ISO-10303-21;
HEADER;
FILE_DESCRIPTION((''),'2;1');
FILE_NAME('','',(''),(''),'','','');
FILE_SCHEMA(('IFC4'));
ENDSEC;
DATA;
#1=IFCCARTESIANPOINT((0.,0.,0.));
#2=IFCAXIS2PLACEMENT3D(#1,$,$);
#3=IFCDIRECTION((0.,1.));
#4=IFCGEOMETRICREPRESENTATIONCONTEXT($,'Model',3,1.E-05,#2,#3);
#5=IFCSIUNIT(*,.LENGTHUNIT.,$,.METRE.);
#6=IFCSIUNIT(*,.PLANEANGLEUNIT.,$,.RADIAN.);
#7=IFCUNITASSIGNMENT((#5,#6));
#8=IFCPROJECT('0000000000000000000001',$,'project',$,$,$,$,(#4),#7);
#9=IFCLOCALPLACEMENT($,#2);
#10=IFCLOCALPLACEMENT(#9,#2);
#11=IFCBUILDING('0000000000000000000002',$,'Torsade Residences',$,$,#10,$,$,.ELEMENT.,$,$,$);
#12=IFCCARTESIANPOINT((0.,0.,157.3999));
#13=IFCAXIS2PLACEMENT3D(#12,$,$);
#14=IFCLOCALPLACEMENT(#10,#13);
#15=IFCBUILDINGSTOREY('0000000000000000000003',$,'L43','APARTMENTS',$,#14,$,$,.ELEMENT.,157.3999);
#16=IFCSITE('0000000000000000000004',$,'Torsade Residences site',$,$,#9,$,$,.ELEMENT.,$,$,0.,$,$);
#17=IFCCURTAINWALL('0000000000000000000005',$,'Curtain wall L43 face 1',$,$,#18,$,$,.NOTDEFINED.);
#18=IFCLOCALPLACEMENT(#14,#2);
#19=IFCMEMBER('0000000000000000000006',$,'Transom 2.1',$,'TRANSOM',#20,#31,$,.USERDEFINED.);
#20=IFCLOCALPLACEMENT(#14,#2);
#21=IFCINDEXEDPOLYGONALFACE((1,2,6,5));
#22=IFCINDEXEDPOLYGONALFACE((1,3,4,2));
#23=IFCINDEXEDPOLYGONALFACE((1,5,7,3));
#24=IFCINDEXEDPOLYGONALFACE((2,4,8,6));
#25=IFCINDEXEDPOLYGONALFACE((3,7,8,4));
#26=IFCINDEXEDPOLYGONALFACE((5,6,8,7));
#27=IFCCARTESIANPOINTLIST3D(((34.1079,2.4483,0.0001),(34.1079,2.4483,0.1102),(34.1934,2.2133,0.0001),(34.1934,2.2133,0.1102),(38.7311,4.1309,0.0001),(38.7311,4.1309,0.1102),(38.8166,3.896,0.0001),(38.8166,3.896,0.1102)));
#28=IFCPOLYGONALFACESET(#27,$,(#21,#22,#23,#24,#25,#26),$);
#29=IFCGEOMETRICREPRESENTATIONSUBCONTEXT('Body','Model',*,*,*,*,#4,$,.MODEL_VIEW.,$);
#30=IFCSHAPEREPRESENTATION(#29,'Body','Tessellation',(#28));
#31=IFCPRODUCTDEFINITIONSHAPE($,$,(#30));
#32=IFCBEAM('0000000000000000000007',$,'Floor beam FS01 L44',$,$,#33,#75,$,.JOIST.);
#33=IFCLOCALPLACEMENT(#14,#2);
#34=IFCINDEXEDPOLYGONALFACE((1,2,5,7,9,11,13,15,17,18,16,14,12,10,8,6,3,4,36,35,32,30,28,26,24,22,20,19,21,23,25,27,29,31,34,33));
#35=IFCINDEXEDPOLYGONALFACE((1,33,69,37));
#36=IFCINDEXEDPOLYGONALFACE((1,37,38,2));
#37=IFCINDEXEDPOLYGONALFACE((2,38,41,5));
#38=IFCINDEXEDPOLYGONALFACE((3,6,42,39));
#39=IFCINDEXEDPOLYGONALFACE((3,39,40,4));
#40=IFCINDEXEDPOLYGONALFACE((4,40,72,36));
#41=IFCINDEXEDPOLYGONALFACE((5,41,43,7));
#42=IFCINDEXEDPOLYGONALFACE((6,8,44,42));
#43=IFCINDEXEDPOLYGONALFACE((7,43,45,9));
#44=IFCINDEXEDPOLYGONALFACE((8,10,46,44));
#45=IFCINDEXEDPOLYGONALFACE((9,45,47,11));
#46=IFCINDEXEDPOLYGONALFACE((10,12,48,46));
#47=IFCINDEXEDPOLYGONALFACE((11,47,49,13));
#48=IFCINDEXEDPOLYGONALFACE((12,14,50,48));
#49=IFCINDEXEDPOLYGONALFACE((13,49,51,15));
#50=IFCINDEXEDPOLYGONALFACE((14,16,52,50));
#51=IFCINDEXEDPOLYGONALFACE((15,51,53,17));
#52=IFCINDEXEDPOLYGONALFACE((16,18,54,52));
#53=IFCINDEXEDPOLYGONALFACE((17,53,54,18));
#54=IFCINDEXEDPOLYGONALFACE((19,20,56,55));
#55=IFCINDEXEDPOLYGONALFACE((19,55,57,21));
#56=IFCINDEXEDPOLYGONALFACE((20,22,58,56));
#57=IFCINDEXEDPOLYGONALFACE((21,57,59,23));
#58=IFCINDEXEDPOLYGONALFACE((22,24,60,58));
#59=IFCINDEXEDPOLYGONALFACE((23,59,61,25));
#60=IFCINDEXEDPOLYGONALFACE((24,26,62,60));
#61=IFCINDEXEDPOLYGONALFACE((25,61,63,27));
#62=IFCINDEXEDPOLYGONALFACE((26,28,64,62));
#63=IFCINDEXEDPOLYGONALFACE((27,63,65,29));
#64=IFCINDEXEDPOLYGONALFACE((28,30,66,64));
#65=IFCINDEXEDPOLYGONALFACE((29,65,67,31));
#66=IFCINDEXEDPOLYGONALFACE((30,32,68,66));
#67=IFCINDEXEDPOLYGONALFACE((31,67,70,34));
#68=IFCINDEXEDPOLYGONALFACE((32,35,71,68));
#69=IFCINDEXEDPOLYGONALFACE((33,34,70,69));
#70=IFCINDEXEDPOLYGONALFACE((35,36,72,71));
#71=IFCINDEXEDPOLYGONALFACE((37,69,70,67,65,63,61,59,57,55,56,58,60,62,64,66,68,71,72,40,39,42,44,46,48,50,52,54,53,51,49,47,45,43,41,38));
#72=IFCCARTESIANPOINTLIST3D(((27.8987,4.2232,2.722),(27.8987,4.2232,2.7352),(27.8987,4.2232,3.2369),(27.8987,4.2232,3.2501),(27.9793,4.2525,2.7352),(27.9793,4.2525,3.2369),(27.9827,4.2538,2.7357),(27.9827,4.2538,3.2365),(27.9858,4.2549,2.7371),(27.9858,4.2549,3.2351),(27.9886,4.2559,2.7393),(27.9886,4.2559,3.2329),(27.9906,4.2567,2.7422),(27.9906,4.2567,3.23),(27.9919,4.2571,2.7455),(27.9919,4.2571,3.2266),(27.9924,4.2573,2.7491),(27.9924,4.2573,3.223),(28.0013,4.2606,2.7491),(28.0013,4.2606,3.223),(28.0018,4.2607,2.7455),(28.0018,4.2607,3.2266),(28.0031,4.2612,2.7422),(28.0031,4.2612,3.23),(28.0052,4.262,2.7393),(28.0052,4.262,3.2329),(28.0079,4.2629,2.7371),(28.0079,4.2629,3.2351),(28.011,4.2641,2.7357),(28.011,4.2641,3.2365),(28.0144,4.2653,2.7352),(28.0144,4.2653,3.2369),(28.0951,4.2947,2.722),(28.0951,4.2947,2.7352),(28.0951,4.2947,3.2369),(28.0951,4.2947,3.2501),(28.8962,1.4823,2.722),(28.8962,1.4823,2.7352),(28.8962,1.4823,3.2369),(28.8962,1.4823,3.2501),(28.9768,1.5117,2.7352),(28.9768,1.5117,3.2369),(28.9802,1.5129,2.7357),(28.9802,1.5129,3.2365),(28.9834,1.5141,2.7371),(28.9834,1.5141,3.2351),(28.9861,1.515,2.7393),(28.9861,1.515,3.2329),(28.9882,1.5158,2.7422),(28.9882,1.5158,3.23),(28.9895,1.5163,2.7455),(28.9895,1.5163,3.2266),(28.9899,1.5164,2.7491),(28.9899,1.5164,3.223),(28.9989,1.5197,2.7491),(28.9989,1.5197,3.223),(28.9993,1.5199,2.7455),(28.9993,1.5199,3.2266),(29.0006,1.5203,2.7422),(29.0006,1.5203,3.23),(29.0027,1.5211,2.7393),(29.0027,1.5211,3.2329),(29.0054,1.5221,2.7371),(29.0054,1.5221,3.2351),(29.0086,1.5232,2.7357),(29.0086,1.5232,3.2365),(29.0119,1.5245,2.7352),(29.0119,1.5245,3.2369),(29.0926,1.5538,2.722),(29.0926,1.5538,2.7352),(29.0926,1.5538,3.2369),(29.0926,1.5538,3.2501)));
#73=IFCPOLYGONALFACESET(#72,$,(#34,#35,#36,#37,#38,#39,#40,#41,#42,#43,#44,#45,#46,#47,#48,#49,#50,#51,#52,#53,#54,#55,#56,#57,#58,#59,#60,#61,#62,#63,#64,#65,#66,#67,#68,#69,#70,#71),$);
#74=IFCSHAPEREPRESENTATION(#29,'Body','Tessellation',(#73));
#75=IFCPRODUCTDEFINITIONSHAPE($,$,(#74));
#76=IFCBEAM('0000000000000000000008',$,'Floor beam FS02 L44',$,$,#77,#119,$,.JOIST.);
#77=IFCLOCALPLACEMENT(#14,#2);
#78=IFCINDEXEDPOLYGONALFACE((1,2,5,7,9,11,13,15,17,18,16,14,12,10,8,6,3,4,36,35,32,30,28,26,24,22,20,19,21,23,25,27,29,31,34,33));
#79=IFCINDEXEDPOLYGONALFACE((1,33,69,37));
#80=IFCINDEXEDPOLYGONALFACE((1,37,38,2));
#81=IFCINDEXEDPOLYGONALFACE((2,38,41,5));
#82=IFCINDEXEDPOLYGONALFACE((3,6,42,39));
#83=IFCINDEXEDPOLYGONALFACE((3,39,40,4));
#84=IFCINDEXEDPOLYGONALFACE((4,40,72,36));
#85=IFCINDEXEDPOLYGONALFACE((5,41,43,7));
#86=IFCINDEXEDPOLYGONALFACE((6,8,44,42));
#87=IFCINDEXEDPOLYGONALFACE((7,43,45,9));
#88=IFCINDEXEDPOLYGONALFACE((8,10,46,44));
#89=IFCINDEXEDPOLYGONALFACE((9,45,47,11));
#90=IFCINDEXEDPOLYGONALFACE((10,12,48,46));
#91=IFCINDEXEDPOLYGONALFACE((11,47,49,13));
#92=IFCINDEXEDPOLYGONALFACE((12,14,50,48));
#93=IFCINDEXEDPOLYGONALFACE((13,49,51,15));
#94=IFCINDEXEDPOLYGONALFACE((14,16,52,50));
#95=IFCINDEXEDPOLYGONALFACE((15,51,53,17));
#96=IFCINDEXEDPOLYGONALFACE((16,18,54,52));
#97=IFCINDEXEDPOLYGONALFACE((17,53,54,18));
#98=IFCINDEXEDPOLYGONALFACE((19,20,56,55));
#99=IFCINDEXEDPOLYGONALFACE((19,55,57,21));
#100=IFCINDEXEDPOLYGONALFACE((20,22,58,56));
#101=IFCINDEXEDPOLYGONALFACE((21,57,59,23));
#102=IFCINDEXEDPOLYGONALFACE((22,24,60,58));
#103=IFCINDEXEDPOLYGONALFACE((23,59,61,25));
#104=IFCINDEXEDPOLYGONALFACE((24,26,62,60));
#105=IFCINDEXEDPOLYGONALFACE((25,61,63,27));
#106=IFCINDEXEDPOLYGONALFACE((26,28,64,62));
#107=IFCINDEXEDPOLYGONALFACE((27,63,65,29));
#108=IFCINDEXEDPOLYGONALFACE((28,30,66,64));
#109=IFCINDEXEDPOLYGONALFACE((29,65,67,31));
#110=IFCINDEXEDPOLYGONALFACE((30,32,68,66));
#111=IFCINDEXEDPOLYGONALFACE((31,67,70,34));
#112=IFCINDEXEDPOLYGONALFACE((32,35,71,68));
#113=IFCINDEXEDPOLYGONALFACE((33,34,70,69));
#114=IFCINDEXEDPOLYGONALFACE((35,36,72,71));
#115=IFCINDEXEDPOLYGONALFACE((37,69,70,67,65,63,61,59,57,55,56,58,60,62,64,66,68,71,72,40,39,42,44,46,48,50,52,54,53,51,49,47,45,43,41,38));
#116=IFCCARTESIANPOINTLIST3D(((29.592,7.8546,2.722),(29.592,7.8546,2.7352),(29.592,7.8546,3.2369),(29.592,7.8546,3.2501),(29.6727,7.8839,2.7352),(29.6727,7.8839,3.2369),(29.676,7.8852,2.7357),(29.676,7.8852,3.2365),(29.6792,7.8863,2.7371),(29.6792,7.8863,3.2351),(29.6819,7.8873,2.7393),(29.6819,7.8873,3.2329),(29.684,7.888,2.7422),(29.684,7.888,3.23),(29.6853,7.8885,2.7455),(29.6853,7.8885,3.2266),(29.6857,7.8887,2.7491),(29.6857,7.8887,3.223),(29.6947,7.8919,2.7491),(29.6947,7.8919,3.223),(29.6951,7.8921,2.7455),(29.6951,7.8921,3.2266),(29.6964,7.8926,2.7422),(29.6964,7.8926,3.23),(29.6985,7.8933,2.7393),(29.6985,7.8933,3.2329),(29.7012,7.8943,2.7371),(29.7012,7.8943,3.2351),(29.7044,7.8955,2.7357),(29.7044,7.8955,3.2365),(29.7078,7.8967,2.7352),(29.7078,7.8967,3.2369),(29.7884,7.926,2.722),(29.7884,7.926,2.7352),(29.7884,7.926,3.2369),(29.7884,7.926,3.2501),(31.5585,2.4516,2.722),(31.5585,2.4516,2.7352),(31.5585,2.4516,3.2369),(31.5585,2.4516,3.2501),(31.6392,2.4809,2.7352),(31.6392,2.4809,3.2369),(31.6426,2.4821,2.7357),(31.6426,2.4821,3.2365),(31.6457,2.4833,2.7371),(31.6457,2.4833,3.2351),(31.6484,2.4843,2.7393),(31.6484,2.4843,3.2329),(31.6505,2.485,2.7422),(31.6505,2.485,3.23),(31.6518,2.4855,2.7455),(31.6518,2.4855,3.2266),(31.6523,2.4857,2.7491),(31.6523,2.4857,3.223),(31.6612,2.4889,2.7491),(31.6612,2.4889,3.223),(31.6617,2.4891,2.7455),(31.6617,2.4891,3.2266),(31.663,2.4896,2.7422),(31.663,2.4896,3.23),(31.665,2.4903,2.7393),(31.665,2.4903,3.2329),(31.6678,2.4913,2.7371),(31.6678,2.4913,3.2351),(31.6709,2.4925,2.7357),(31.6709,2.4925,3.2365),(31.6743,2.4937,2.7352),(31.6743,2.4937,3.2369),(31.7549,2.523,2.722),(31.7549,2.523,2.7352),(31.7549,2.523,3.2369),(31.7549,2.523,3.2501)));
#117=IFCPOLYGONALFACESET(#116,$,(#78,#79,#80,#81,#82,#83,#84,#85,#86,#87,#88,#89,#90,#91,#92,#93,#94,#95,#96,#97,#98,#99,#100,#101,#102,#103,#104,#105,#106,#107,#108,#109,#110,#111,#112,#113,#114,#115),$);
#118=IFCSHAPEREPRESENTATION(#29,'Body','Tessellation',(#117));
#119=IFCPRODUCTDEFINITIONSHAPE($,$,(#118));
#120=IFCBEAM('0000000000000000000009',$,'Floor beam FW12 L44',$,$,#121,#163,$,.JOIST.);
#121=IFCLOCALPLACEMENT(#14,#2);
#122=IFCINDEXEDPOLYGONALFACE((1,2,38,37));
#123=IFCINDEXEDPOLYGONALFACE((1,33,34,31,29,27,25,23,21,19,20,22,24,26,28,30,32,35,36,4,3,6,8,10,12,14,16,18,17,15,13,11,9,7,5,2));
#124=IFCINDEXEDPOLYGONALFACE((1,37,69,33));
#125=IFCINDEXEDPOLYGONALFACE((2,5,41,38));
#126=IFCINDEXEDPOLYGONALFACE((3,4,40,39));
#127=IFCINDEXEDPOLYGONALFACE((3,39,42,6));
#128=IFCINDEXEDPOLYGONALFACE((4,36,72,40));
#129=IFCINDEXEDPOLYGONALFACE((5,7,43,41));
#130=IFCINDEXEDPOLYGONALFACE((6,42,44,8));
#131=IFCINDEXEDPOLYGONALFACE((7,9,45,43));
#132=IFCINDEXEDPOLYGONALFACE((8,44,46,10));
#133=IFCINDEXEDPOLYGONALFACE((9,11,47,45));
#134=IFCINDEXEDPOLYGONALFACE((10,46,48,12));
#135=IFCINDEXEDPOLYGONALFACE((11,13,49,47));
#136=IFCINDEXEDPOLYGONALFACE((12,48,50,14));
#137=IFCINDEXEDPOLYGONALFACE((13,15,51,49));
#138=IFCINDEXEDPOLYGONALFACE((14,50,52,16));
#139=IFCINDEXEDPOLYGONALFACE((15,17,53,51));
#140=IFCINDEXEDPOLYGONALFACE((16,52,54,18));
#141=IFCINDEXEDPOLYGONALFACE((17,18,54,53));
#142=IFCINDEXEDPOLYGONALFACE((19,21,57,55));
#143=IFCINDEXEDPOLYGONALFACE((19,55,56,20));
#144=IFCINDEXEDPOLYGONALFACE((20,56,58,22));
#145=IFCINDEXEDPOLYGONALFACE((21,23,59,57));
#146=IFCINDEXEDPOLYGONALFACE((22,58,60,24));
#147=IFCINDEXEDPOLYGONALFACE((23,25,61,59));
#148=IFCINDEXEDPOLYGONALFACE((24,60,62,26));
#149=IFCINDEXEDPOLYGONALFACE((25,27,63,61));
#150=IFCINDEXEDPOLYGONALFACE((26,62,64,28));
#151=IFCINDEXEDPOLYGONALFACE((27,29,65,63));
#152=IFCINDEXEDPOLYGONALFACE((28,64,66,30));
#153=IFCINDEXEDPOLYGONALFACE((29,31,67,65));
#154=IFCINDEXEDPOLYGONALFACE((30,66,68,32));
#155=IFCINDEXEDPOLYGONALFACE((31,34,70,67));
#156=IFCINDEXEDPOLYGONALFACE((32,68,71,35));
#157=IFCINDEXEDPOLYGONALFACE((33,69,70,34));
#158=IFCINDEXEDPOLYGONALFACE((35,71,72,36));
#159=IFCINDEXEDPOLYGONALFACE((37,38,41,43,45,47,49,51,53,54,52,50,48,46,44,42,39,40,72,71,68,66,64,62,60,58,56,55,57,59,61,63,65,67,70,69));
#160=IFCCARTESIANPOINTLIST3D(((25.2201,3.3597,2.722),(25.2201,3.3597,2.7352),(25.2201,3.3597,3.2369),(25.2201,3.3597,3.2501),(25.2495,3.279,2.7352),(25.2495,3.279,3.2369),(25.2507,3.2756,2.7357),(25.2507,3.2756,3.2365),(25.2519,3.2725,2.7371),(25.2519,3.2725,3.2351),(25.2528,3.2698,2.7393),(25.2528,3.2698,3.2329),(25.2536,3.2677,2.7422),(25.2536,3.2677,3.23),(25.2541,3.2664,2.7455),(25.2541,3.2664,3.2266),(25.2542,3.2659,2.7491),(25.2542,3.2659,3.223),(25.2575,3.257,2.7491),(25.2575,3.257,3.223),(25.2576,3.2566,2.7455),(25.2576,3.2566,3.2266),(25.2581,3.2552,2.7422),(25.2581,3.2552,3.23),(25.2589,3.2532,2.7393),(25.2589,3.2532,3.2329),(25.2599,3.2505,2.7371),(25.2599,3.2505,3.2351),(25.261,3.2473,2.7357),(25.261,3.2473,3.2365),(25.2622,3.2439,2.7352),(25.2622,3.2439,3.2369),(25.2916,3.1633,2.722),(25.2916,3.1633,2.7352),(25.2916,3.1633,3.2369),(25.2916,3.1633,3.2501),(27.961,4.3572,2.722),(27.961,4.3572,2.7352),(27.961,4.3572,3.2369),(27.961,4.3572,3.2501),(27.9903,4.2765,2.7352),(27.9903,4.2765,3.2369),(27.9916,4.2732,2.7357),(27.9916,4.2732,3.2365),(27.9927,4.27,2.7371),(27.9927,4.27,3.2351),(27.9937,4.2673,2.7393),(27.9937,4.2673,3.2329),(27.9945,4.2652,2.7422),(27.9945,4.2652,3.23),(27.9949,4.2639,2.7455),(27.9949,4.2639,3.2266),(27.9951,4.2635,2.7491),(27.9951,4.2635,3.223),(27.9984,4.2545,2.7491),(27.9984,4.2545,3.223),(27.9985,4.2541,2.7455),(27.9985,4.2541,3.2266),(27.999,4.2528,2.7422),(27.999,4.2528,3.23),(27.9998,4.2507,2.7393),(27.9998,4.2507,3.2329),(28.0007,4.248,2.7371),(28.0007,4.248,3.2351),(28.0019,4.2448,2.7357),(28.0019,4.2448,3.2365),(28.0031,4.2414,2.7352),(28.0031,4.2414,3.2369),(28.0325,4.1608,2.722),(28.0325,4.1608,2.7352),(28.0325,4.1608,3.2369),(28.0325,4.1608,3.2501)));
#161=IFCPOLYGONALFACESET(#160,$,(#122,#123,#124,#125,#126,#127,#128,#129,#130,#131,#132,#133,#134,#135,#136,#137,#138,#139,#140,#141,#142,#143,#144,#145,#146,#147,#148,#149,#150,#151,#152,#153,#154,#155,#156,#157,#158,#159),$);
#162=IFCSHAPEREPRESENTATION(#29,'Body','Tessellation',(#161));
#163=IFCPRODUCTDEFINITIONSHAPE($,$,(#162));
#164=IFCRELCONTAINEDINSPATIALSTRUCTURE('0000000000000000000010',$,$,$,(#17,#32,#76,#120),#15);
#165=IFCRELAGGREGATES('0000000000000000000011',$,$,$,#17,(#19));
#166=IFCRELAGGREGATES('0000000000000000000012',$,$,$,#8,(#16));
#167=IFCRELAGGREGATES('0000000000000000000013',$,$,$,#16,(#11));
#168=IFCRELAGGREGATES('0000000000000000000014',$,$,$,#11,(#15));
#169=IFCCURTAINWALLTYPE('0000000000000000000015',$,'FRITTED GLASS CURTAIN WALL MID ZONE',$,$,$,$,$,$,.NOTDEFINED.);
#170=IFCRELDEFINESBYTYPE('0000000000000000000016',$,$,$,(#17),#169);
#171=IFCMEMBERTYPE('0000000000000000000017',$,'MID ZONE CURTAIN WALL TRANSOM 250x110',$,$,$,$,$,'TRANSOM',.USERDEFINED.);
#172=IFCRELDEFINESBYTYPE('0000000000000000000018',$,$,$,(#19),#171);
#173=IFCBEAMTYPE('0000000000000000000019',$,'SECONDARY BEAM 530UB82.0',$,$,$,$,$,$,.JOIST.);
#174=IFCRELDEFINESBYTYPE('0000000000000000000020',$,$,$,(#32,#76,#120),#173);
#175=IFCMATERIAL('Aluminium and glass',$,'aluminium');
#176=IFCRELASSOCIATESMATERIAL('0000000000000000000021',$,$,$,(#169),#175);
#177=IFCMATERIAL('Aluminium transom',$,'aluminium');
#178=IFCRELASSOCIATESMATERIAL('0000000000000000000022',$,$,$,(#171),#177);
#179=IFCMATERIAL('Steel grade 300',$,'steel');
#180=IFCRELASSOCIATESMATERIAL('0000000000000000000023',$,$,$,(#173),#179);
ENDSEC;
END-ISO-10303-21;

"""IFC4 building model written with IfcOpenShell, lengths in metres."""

from ifc_helpers import new_model, si_unit, direction, frame, origin, origin_2d, place, context, subcontext, project, spatial, rectangle, i_section, extrude, material, material_profile, profile_set, type_object, element, aggregate, save


model = new_model("IFC4")

# Units and contexts
model_context = context("Model", 3, precision=1e-05, world=origin(), true_north=direction((0.0, 1.0)))
body_context = subcontext(model_context, "Body", "Model", "MODEL_VIEW")
ifc_project = project(units=[si_unit("LENGTHUNIT", "METRE"), si_unit("PLANEANGLEUNIT", "RADIAN")], contexts=[model_context])

# Site, building, storey
site_placement = place(None, origin())
site = spatial("IfcSite", under=ifc_project, at=site_placement, Name="Torsade Residences site", CompositionType="ELEMENT", RefElevation=0.0)
building_placement = place(site_placement, origin())
building = spatial("IfcBuilding", under=site, at=building_placement, Name="Torsade Residences", CompositionType="ELEMENT")
storey_placement = place(building_placement, frame((0.0, 0.0, 157.3999)))
storey = spatial("IfcBuildingStorey", under=building, at=storey_placement, Name="L43", Description="APARTMENTS", CompositionType="ELEMENT", Elevation=157.3999)

# Curtain wall, member
ifc_material_1 = material(Name="Aluminium and glass", Category="aluminium")
curtain_wall_type = type_object("IfcCurtainWallType", Name="FRITTED GLASS CURTAIN WALL MID ZONE", PredefinedType="NOTDEFINED", material=ifc_material_1)
curtain_wall_placement = place(storey_placement, origin())
curtain_wall = element("IfcCurtainWall", 1, at=curtain_wall_placement, inside=storey, type_object=curtain_wall_type, Name="Curtain wall L43 face 1", PredefinedType="NOTDEFINED")
ifc_material_2 = material(Name="Aluminium transom", Category="aluminium")
ifc_material_profile_1 = material_profile(ifc_material_2, rectangle(XDim=0.25, YDim=0.1101, at=origin_2d()), Name="MID ZONE CURTAIN WALL TRANSOM 250x110")
ifc_profile_set_1 = profile_set([ifc_material_profile_1], Name="Aluminium transom")
member_type_1 = type_object("IfcMemberType", Name="MID ZONE CURTAIN WALL TRANSOM 250x110", ElementType="TRANSOM", PredefinedType="USERDEFINED", material=ifc_profile_set_1)
member_1_placement = place(storey_placement, frame((34.1506, 2.3308, 0.0552), z_axis=(0.939701, 0.341998, 0.0), x_axis=(-0.341998, 0.939701, 0.0)))
member_1 = element("IfcMember", 2, at=member_1_placement, type_object=member_type_1, Name="Transom 2.1", ObjectType="TRANSOM", PredefinedType="USERDEFINED", context=body_context, shape_type="SweptSolid", body=[
    extrude(rectangle(XDim=0.25, YDim=0.1101, at=origin_2d()), origin(), (0.0, 0.0, 1.0), 4.9199),
])

# Beams
ifc_material_3 = material(Name="Steel grade 300", Category="steel")
ifc_material_profile_2 = material_profile(ifc_material_3, i_section(OverallWidth=0.209, OverallDepth=0.5281, WebThickness=0.0095, FlangeThickness=0.0132, FilletRadius=0.0139, at=origin_2d()), Name="530UB82.0")
ifc_profile_set_2 = profile_set([ifc_material_profile_2], Name="Steel grade 300")
beam_type_1 = type_object("IfcBeamType", Name="SECONDARY BEAM 530UB82.0", PredefinedType="JOIST", material=ifc_profile_set_2)
beam_1_placement = place(storey_placement, frame((28.9944, 1.5181, 2.9861), z_axis=(-0.341998, 0.939701, 0.0), x_axis=(-0.939701, -0.341998, 0.0)))
element("IfcBeam", 3, at=beam_1_placement, inside=storey, type_object=beam_type_1, Name="Floor beam FS01 L44", PredefinedType="JOIST", context=body_context, shape_type="SweptSolid", body=[
    extrude(i_section(OverallWidth=0.209, OverallDepth=0.5281, WebThickness=0.0095, FlangeThickness=0.0132, FilletRadius=0.0139, at=origin_2d()), origin(), (0.0, 0.0, 1.0), 2.9167),
])
beam_2_placement = place(storey_placement, frame((31.6567, 2.4873, 2.9861), z_axis=(-0.342019, 0.939693, 0.0), x_axis=(-0.939693, -0.342019, 0.0)))
element("IfcBeam", 4, at=beam_2_placement, inside=storey, type_object=beam_type_1, Name="Floor beam FS02 L44", PredefinedType="JOIST", context=body_context, shape_type="SweptSolid", body=[
    extrude(i_section(OverallWidth=0.209, OverallDepth=0.5281, WebThickness=0.0095, FlangeThickness=0.0132, FilletRadius=0.0139, at=origin_2d()), origin(), (0.0, 0.0, 1.0), 5.7498),
])
beam_3_placement = place(storey_placement, frame((25.2559, 3.2615, 2.9861), z_axis=(0.939701, 0.341998, 0.0), x_axis=(-0.341998, 0.939701, 0.0)))
element("IfcBeam", 5, at=beam_3_placement, inside=storey, type_object=beam_type_1, Name="Floor beam FW12 L44", PredefinedType="JOIST", context=body_context, shape_type="SweptSolid", body=[
    extrude(i_section(OverallWidth=0.209, OverallDepth=0.5281, WebThickness=0.0095, FlangeThickness=0.0132, FilletRadius=0.0139, at=origin_2d()), origin(), (0.0, 0.0, 1.0), 2.9167),
])

aggregate(curtain_wall, [member_1])

save(model, "model.ifc")
